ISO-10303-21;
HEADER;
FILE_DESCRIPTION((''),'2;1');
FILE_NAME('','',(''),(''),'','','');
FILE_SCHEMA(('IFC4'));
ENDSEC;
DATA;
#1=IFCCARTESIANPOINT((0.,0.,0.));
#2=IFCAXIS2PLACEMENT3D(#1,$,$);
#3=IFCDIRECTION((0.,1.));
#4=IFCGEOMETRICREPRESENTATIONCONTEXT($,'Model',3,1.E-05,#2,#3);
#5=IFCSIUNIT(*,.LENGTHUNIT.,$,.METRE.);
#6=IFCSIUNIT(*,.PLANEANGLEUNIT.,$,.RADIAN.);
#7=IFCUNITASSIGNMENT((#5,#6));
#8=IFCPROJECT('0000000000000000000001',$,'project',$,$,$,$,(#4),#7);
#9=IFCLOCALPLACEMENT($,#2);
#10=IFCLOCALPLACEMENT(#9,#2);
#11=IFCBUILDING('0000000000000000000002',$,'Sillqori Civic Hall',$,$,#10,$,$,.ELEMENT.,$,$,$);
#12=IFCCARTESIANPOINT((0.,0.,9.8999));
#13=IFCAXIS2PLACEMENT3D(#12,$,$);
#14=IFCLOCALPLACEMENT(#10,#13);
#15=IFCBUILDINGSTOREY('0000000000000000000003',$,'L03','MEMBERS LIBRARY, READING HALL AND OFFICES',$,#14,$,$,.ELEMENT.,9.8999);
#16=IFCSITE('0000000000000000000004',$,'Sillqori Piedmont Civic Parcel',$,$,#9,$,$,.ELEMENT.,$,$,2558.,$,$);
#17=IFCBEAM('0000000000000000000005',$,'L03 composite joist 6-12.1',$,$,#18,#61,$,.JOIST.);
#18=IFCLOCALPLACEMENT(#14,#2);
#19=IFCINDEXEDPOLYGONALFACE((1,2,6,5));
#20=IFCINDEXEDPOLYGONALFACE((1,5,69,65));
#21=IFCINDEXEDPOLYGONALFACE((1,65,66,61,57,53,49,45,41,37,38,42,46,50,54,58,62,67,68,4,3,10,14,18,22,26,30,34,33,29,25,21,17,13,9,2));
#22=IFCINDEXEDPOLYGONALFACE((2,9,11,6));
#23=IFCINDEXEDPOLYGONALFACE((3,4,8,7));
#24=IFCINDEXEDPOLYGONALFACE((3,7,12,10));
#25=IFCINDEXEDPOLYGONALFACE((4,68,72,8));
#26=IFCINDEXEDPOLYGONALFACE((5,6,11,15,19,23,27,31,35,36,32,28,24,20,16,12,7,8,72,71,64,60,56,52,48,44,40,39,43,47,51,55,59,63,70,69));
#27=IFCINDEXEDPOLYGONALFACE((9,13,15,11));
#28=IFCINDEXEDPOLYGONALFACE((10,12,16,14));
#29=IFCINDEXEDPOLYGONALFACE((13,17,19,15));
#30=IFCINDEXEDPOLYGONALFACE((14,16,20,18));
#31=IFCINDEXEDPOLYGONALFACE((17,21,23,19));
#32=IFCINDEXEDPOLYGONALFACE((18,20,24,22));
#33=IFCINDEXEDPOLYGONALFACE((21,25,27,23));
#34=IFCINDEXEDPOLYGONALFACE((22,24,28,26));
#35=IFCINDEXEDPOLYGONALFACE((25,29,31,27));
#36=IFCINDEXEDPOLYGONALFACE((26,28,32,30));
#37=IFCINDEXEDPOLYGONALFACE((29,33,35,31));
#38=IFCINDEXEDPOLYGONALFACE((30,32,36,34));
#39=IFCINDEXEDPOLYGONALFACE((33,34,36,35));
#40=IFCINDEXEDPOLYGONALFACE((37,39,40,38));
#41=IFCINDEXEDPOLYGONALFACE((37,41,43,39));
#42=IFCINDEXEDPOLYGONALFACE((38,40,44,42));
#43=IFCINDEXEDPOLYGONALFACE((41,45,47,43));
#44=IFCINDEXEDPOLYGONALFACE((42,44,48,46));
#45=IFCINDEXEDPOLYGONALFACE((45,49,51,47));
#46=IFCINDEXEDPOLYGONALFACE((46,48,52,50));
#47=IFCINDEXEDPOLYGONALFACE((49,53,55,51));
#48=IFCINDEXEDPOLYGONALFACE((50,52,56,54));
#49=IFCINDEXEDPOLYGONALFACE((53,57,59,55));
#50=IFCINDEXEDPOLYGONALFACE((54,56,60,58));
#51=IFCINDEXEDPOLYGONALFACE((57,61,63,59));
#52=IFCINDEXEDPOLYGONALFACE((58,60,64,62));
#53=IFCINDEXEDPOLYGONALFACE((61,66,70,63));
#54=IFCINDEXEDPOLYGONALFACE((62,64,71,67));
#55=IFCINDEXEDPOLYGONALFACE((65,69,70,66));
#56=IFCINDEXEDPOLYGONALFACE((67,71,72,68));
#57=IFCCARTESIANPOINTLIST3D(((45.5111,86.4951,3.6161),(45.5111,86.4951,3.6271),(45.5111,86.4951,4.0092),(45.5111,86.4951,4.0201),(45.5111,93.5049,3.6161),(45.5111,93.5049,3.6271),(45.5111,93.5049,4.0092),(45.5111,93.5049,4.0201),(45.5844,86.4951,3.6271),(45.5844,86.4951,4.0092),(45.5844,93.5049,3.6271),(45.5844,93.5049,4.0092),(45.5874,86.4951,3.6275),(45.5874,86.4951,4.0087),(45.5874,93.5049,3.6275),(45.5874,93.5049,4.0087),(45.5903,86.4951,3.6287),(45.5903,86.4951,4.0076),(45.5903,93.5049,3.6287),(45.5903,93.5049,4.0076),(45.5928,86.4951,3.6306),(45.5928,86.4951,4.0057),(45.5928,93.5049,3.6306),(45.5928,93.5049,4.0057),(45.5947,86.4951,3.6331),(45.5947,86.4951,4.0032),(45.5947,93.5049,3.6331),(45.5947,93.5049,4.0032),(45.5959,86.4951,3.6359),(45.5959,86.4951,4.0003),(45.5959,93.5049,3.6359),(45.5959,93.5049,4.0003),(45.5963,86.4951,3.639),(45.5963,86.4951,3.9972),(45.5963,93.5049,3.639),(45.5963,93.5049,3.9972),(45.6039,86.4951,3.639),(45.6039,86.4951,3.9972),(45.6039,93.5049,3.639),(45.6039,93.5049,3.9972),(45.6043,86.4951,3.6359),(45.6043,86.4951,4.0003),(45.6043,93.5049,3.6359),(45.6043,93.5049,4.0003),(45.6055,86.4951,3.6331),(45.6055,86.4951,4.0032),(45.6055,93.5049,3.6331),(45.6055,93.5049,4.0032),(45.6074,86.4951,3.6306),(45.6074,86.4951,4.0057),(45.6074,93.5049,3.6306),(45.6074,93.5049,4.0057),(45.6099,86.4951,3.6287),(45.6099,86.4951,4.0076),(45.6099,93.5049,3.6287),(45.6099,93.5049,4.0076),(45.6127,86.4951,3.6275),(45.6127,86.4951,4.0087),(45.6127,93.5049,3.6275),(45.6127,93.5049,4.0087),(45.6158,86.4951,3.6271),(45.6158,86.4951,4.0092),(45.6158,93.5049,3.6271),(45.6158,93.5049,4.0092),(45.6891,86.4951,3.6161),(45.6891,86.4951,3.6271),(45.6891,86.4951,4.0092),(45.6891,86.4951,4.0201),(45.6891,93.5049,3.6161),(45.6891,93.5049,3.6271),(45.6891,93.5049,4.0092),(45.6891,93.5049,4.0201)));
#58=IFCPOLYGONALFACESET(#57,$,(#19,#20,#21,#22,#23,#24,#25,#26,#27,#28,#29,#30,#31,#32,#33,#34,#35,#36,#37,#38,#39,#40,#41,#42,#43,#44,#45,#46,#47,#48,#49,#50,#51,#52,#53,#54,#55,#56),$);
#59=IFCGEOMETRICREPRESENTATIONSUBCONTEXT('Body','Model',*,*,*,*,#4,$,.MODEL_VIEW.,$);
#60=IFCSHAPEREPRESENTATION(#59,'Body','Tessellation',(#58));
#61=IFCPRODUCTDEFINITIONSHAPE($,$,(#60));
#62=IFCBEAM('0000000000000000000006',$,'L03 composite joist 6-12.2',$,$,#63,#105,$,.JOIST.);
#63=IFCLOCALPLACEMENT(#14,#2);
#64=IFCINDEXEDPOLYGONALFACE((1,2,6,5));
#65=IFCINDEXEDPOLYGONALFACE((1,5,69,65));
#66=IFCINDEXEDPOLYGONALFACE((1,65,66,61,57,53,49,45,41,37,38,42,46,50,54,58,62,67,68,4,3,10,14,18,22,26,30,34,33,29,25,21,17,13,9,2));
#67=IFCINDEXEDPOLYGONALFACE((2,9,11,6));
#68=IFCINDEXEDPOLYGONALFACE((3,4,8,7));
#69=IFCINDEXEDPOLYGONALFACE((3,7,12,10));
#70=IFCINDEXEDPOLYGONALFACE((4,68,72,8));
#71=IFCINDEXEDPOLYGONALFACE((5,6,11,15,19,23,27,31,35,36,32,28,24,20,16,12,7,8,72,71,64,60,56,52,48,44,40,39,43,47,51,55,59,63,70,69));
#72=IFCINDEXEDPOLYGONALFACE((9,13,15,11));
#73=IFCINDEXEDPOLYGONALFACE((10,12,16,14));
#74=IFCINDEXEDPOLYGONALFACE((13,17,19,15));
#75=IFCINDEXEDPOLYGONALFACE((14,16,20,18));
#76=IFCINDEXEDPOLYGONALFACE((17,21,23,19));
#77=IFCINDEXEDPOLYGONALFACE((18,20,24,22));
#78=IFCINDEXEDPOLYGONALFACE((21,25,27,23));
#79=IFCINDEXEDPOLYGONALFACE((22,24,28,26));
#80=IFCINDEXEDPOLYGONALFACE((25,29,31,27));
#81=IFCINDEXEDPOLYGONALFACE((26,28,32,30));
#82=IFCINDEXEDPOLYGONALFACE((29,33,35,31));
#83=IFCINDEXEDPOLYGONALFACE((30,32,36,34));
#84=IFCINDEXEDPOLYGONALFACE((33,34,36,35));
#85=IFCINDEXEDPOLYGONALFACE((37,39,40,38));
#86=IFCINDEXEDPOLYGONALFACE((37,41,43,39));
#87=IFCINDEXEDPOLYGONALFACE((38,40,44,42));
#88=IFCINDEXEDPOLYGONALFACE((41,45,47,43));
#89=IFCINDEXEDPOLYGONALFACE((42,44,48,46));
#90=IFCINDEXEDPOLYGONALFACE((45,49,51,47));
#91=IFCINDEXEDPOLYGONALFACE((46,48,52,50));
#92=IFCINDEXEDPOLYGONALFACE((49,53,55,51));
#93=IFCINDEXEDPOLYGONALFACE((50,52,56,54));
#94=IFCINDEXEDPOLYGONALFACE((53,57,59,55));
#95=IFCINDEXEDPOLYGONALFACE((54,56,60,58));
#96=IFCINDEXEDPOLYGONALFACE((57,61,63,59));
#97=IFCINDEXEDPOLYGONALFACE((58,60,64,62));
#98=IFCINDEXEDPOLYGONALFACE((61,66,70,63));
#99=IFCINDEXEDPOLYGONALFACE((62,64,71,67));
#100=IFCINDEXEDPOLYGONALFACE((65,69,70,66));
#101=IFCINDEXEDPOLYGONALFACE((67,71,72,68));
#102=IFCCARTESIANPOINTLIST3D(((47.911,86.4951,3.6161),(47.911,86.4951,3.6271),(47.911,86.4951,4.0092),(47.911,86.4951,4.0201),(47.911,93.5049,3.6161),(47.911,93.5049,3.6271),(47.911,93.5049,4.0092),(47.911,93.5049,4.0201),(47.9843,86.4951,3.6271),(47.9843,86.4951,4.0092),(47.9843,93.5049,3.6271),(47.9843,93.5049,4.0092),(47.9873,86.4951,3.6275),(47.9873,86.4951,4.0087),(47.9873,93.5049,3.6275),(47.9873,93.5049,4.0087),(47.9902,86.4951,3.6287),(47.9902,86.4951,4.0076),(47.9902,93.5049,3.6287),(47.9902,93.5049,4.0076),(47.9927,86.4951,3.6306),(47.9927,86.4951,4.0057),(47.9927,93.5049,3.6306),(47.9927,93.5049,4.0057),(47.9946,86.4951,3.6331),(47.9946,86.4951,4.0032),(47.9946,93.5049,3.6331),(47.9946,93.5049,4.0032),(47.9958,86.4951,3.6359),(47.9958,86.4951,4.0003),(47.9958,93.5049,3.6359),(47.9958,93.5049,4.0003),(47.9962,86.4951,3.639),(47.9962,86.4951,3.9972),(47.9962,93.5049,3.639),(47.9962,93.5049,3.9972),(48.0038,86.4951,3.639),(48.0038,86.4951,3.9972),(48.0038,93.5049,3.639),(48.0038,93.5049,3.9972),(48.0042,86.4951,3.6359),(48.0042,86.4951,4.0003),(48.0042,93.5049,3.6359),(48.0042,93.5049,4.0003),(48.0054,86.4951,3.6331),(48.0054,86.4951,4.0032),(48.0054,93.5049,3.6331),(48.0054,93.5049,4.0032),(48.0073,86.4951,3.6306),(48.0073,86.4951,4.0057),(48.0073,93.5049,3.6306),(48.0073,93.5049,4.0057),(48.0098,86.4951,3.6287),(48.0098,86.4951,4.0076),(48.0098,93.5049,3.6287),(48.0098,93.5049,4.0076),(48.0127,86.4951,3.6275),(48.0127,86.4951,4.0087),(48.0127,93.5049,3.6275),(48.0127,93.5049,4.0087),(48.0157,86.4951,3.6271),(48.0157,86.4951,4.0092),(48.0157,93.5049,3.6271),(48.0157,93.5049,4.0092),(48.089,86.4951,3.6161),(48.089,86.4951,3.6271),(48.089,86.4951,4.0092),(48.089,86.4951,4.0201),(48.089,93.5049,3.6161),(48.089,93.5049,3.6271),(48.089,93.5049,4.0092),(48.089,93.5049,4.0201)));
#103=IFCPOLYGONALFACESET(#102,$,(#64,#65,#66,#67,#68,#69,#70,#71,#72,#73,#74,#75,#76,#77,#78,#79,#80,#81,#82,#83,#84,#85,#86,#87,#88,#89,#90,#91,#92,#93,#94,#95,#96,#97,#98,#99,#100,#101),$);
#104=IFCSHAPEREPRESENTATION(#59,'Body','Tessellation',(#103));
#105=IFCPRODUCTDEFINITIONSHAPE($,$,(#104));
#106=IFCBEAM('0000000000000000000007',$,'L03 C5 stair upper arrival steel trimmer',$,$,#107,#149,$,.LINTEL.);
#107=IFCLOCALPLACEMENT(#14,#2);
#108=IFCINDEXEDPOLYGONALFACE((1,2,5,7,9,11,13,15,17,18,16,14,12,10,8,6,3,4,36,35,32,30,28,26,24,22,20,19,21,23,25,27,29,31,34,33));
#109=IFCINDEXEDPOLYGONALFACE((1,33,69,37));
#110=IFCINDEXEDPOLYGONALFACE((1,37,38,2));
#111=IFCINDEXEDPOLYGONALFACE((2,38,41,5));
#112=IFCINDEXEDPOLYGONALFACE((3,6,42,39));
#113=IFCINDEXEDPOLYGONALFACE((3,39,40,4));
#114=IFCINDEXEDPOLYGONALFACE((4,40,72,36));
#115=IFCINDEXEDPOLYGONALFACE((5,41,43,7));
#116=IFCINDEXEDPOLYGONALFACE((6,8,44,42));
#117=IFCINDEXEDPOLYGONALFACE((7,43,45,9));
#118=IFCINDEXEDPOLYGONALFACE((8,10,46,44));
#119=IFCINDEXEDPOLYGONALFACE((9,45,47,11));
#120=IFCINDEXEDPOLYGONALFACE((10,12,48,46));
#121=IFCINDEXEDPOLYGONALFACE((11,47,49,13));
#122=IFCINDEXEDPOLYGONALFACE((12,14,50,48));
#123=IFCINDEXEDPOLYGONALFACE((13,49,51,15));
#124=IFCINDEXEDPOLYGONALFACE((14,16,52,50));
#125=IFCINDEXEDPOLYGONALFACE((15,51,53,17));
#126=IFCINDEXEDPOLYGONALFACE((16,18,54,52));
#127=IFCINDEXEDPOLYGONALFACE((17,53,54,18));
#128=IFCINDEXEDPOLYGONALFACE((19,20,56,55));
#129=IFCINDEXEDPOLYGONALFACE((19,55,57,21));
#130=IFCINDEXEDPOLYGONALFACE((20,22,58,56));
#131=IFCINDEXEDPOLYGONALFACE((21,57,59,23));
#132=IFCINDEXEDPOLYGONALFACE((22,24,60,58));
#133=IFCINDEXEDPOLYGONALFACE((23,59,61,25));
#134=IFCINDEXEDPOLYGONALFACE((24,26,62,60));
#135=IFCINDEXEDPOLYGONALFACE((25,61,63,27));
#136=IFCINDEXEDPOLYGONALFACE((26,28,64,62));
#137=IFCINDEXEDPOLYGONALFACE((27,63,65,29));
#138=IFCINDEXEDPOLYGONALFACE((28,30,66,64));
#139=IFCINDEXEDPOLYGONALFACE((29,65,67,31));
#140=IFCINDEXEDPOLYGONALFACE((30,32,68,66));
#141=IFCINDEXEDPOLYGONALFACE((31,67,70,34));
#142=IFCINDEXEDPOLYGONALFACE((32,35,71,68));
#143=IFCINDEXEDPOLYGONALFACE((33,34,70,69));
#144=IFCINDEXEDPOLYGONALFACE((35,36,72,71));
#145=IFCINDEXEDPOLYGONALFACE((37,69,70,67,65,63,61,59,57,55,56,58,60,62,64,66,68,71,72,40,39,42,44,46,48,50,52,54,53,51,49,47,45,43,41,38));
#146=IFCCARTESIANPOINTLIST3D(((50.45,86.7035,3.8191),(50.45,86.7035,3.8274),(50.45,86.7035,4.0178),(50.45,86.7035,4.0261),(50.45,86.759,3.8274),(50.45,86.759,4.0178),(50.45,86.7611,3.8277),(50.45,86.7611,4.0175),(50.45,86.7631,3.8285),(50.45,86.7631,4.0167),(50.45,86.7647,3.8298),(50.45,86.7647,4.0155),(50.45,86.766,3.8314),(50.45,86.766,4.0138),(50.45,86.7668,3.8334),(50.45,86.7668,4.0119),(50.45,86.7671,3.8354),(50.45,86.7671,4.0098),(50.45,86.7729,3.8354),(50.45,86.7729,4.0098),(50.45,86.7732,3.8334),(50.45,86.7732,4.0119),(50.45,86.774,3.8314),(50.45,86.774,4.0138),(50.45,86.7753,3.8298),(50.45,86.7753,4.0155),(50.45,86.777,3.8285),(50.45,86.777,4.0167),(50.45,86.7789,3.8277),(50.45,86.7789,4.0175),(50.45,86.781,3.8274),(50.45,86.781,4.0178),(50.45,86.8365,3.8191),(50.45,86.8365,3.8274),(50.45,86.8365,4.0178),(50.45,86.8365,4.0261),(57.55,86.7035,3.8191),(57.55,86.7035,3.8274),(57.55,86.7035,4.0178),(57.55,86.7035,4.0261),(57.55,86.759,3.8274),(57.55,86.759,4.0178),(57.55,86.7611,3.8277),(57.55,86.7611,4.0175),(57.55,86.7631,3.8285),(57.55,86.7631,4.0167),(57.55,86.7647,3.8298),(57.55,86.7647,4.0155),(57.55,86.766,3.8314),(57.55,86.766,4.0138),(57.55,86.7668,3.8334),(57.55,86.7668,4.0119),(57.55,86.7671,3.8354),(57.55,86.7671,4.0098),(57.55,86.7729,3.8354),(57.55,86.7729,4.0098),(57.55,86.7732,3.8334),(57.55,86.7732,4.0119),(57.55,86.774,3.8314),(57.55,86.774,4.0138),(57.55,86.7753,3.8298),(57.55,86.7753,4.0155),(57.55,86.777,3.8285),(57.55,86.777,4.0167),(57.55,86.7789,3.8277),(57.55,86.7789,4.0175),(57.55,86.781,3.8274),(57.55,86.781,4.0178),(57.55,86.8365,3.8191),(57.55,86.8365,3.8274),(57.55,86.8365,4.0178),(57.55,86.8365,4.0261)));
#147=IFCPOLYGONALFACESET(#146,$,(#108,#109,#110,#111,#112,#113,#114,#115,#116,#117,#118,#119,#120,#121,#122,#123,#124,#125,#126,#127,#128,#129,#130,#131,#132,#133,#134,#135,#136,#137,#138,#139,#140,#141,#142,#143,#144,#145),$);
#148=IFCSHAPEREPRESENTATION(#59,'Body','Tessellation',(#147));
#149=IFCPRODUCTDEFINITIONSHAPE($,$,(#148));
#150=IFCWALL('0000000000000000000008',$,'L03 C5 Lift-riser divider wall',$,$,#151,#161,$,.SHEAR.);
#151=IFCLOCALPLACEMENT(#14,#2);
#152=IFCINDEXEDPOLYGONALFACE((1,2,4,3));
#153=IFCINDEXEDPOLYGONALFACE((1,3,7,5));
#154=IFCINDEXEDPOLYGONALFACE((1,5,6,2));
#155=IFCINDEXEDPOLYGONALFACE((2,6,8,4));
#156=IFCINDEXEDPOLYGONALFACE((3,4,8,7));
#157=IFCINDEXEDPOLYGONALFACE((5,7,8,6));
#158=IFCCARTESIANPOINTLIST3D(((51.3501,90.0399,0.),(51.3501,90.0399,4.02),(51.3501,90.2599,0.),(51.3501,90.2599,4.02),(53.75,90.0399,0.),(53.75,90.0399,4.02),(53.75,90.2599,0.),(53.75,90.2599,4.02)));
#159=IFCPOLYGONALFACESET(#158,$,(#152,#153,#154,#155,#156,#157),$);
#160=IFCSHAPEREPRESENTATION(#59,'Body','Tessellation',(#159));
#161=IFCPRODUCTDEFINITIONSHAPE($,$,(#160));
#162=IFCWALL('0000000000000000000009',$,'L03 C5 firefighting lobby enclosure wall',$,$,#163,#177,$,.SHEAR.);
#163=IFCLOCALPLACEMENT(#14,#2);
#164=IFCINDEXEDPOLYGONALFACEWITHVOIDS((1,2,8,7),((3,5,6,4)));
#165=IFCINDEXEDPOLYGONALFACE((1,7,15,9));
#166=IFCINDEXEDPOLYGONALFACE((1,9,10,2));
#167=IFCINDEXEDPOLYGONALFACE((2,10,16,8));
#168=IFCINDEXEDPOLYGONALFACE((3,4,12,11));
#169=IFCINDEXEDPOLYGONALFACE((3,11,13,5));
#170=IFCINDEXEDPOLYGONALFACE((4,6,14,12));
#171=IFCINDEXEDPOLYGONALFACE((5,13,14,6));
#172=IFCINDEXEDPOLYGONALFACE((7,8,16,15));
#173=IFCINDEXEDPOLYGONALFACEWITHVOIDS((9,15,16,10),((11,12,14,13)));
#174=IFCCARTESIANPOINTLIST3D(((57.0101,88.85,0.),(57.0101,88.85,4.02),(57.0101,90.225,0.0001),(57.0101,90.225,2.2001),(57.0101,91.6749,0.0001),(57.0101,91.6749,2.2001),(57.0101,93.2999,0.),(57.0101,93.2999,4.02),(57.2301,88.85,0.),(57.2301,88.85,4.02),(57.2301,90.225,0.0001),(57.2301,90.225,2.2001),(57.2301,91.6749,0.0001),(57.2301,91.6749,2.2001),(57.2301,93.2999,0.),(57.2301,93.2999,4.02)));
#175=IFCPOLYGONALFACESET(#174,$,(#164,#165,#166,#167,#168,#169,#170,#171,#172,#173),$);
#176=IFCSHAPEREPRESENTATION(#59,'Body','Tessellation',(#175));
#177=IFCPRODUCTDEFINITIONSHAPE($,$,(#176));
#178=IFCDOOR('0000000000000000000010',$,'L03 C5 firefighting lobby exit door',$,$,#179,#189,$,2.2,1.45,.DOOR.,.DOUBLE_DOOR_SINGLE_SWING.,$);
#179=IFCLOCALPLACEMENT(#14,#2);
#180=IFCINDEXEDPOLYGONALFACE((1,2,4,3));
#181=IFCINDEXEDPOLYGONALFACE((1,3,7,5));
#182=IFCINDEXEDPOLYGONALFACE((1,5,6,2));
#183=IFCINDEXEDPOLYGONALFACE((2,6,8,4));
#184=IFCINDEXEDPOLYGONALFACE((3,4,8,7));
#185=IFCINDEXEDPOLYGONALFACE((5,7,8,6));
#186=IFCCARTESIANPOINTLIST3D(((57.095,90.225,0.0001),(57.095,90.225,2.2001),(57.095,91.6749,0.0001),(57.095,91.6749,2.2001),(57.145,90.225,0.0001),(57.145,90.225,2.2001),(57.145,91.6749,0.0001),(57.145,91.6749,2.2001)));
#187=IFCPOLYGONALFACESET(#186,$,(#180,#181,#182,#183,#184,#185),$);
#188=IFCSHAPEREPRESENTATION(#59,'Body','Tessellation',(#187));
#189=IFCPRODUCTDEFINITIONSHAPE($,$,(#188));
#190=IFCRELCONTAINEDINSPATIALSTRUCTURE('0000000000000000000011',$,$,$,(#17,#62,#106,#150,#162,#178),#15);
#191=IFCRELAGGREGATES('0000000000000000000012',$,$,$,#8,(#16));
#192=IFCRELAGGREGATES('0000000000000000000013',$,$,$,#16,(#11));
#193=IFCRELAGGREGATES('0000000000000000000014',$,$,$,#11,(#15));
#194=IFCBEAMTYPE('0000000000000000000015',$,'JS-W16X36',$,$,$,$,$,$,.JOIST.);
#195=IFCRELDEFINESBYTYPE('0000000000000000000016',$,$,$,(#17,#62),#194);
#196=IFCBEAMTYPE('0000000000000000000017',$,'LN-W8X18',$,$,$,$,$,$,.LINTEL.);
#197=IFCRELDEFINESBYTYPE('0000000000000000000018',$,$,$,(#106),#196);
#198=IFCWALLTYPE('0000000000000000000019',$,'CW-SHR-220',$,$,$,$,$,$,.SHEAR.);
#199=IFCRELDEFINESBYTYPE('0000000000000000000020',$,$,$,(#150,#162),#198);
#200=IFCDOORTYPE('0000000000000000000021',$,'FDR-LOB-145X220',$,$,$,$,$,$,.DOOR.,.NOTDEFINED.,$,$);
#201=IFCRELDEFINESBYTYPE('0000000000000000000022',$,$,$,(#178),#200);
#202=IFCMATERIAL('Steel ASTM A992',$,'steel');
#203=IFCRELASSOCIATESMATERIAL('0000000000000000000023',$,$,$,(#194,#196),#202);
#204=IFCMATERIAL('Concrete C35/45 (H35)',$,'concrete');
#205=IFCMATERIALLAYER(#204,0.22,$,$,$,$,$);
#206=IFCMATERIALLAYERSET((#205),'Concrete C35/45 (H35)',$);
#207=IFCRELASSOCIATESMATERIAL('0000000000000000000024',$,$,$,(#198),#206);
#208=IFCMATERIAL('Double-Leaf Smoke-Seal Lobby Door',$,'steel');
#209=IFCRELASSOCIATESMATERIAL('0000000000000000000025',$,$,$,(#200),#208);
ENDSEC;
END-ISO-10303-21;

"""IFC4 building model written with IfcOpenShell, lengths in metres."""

from ifc_helpers import new_model, si_unit, direction, frame, frame_2d, origin, origin_2d, place, context, subcontext, project, spatial, rectangle, i_section, extrude, material, layer, layer_set, material_profile, profile_set, type_object, element, fill, save


model = new_model("IFC4")

# Units and contexts
model_context = context("Model", 3, precision=1e-05, world=origin(), true_north=direction((0.0, 1.0)))
body_context = subcontext(model_context, "Body", "Model", "MODEL_VIEW")
ifc_project = project(units=[si_unit("LENGTHUNIT", "METRE"), si_unit("PLANEANGLEUNIT", "RADIAN")], contexts=[model_context])

# Site, building, storey
site_placement = place(None, origin())
site = spatial("IfcSite", under=ifc_project, at=site_placement, Name="Sillqori Piedmont Civic Parcel", CompositionType="ELEMENT", RefElevation=2558.0)
building_placement = place(site_placement, origin())
building = spatial("IfcBuilding", under=site, at=building_placement, Name="Sillqori Civic Hall", CompositionType="ELEMENT")
storey_placement = place(building_placement, frame((0.0, 0.0, 9.8999)))
storey = spatial("IfcBuildingStorey", under=building, at=storey_placement, Name="L03", Description="MEMBERS LIBRARY, READING HALL AND OFFICES", CompositionType="ELEMENT", Elevation=9.8999)

# Shared definitions
ifc_material_1 = material(Name="Steel ASTM A992", Category="steel")

# Beams
ifc_material_profile_1 = material_profile(ifc_material_1, i_section(OverallWidth=0.178, OverallDepth=0.4041, WebThickness=0.0076, FlangeThickness=0.011, FilletRadius=0.012, at=origin_2d()), Name="W16X36")
ifc_profile_set_1 = profile_set([ifc_material_profile_1], Name="Steel ASTM A992")
beam_type_1 = type_object("IfcBeamType", Name="JS-W16X36", PredefinedType="JOIST", material=ifc_profile_set_1)
for number, where, z_axis, x_axis, name in (
    (1, (45.6001, 86.4951, 3.8181), (0.0, 1.0, 0.0), (-1.0, 0.0, 0.0), "L03 composite joist 6-12.1"),
    (2, (48.0, 86.4951, 3.8181), (0.0, 1.0, 0.0), (-1.0, 0.0, 0.0), "L03 composite joist 6-12.2"),
):
    element("IfcBeam", number, at=place(storey_placement, frame(where, z_axis=z_axis, x_axis=x_axis)), inside=storey, type_object=beam_type_1, Name=name, PredefinedType="JOIST", context=body_context, shape_type="SweptSolid", body=[
        extrude(i_section(OverallWidth=0.178, OverallDepth=0.4041, WebThickness=0.0076, FlangeThickness=0.011, FilletRadius=0.012, at=origin_2d()), origin(), (0.0, 0.0, 1.0), 7.0098),
    ])
ifc_material_profile_2 = material_profile(ifc_material_1, i_section(OverallWidth=0.1331, OverallDepth=0.207, WebThickness=0.0059, FlangeThickness=0.0083, FilletRadius=0.0081, at=origin_2d()), Name="W8X18")
ifc_profile_set_2 = profile_set([ifc_material_profile_2], Name="Steel ASTM A992")
beam_type_2 = type_object("IfcBeamType", Name="LN-W8X18", PredefinedType="LINTEL", material=ifc_profile_set_2)
beam_1_placement = place(storey_placement, frame((50.45, 86.77, 3.9226), z_axis=(1.0, 0.0, 0.0), x_axis=(0.0, 1.0, 0.0)))
element("IfcBeam", 3, at=beam_1_placement, inside=storey, type_object=beam_type_2, Name="L03 C5 stair upper arrival steel trimmer", PredefinedType="LINTEL", context=body_context, shape_type="SweptSolid", body=[
    extrude(i_section(OverallWidth=0.1331, OverallDepth=0.207, WebThickness=0.0059, FlangeThickness=0.0083, FilletRadius=0.0081, at=origin_2d()), origin(), (0.0, 0.0, 1.0), 7.1001),
])

# Wall
ifc_material_2 = material(Name="Concrete C35/45 (H35)", Category="concrete")
ifc_layer_1 = layer(ifc_material_2, 0.22)
ifc_layer_set_1 = layer_set([ifc_layer_1], Name="Concrete C35/45 (H35)")
wall_type_1 = type_object("IfcWallType", Name="CW-SHR-220", PredefinedType="SHEAR", material=ifc_layer_set_1)
wall_1_placement = place(storey_placement, frame((51.3501, 90.1499, 0.0), z_axis=(0.0, 0.0, 1.0), x_axis=(1.0, 0.0, 0.0)))
element("IfcWall", 4, at=wall_1_placement, inside=storey, type_object=wall_type_1, Name="L03 C5 Lift-riser divider wall", PredefinedType="SHEAR", context=body_context, shape_type="SweptSolid", body=[
    extrude(rectangle(XDim=2.3999, YDim=0.22, at=frame_2d((1.2, 0.0))), origin(), (0.0, 0.0, 1.0), 4.02),
])

# Wall, opening, door
wall_2_placement = place(storey_placement, frame((57.1201, 93.3, 0.0), z_axis=(0.0, 0.0, 1.0), x_axis=(0.0, -1.0, 0.0)))
wall_2 = element("IfcWall", 5, at=wall_2_placement, inside=storey, type_object=wall_type_1, Name="L03 C5 firefighting lobby enclosure wall", PredefinedType="SHEAR", context=body_context, shape_type="SweptSolid", body=[
    extrude(rectangle(XDim=4.45, YDim=0.22, at=frame_2d((2.2251, 0.0))), origin(), (0.0, 0.0, 1.0), 4.02),
])
opening_1_placement = place(wall_2_placement, frame((1.625, 0.0, 0.0)))
opening_1 = element("IfcOpeningElement", 6, at=opening_1_placement, cuts=wall_2, PredefinedType="OPENING", context=body_context, shape_type="SweptSolid", body=[
    extrude(rectangle(XDim=1.45, YDim=2.2, at=frame_2d((0.7251, 1.1001))), frame((0.0, 0.1199, 0.0), z_axis=(0.0, -1.0, 0.0), x_axis=(1.0, 0.0, 0.0)), (0.0, 0.0, 1.0), 0.24),
])
ifc_material_3 = material(Name="Double-Leaf Smoke-Seal Lobby Door", Category="steel")
door_type_1 = type_object("IfcDoorType", Name="FDR-LOB-145X220", OperationType="NOTDEFINED", PredefinedType="DOOR", material=ifc_material_3)
door_1_placement = place(opening_1_placement, origin())
door_1 = element("IfcDoor", 7, at=door_1_placement, inside=storey, type_object=door_type_1, Name="L03 C5 firefighting lobby exit door", OperationType="DOUBLE_DOOR_SINGLE_SWING", OverallHeight=2.2, OverallWidth=1.45, PredefinedType="DOOR", context=body_context, shape_type="SweptSolid", body=[
    extrude(rectangle(XDim=1.45, YDim=2.2, at=frame_2d((0.7251, 1.1001))), frame((0.0, 0.0249, 0.0), z_axis=(0.0, -1.0, 0.0), x_axis=(1.0, 0.0, 0.0)), (0.0, 0.0, 1.0), 0.05),
])
fill(opening_1, door_1)

save(model, "model.ifc")
